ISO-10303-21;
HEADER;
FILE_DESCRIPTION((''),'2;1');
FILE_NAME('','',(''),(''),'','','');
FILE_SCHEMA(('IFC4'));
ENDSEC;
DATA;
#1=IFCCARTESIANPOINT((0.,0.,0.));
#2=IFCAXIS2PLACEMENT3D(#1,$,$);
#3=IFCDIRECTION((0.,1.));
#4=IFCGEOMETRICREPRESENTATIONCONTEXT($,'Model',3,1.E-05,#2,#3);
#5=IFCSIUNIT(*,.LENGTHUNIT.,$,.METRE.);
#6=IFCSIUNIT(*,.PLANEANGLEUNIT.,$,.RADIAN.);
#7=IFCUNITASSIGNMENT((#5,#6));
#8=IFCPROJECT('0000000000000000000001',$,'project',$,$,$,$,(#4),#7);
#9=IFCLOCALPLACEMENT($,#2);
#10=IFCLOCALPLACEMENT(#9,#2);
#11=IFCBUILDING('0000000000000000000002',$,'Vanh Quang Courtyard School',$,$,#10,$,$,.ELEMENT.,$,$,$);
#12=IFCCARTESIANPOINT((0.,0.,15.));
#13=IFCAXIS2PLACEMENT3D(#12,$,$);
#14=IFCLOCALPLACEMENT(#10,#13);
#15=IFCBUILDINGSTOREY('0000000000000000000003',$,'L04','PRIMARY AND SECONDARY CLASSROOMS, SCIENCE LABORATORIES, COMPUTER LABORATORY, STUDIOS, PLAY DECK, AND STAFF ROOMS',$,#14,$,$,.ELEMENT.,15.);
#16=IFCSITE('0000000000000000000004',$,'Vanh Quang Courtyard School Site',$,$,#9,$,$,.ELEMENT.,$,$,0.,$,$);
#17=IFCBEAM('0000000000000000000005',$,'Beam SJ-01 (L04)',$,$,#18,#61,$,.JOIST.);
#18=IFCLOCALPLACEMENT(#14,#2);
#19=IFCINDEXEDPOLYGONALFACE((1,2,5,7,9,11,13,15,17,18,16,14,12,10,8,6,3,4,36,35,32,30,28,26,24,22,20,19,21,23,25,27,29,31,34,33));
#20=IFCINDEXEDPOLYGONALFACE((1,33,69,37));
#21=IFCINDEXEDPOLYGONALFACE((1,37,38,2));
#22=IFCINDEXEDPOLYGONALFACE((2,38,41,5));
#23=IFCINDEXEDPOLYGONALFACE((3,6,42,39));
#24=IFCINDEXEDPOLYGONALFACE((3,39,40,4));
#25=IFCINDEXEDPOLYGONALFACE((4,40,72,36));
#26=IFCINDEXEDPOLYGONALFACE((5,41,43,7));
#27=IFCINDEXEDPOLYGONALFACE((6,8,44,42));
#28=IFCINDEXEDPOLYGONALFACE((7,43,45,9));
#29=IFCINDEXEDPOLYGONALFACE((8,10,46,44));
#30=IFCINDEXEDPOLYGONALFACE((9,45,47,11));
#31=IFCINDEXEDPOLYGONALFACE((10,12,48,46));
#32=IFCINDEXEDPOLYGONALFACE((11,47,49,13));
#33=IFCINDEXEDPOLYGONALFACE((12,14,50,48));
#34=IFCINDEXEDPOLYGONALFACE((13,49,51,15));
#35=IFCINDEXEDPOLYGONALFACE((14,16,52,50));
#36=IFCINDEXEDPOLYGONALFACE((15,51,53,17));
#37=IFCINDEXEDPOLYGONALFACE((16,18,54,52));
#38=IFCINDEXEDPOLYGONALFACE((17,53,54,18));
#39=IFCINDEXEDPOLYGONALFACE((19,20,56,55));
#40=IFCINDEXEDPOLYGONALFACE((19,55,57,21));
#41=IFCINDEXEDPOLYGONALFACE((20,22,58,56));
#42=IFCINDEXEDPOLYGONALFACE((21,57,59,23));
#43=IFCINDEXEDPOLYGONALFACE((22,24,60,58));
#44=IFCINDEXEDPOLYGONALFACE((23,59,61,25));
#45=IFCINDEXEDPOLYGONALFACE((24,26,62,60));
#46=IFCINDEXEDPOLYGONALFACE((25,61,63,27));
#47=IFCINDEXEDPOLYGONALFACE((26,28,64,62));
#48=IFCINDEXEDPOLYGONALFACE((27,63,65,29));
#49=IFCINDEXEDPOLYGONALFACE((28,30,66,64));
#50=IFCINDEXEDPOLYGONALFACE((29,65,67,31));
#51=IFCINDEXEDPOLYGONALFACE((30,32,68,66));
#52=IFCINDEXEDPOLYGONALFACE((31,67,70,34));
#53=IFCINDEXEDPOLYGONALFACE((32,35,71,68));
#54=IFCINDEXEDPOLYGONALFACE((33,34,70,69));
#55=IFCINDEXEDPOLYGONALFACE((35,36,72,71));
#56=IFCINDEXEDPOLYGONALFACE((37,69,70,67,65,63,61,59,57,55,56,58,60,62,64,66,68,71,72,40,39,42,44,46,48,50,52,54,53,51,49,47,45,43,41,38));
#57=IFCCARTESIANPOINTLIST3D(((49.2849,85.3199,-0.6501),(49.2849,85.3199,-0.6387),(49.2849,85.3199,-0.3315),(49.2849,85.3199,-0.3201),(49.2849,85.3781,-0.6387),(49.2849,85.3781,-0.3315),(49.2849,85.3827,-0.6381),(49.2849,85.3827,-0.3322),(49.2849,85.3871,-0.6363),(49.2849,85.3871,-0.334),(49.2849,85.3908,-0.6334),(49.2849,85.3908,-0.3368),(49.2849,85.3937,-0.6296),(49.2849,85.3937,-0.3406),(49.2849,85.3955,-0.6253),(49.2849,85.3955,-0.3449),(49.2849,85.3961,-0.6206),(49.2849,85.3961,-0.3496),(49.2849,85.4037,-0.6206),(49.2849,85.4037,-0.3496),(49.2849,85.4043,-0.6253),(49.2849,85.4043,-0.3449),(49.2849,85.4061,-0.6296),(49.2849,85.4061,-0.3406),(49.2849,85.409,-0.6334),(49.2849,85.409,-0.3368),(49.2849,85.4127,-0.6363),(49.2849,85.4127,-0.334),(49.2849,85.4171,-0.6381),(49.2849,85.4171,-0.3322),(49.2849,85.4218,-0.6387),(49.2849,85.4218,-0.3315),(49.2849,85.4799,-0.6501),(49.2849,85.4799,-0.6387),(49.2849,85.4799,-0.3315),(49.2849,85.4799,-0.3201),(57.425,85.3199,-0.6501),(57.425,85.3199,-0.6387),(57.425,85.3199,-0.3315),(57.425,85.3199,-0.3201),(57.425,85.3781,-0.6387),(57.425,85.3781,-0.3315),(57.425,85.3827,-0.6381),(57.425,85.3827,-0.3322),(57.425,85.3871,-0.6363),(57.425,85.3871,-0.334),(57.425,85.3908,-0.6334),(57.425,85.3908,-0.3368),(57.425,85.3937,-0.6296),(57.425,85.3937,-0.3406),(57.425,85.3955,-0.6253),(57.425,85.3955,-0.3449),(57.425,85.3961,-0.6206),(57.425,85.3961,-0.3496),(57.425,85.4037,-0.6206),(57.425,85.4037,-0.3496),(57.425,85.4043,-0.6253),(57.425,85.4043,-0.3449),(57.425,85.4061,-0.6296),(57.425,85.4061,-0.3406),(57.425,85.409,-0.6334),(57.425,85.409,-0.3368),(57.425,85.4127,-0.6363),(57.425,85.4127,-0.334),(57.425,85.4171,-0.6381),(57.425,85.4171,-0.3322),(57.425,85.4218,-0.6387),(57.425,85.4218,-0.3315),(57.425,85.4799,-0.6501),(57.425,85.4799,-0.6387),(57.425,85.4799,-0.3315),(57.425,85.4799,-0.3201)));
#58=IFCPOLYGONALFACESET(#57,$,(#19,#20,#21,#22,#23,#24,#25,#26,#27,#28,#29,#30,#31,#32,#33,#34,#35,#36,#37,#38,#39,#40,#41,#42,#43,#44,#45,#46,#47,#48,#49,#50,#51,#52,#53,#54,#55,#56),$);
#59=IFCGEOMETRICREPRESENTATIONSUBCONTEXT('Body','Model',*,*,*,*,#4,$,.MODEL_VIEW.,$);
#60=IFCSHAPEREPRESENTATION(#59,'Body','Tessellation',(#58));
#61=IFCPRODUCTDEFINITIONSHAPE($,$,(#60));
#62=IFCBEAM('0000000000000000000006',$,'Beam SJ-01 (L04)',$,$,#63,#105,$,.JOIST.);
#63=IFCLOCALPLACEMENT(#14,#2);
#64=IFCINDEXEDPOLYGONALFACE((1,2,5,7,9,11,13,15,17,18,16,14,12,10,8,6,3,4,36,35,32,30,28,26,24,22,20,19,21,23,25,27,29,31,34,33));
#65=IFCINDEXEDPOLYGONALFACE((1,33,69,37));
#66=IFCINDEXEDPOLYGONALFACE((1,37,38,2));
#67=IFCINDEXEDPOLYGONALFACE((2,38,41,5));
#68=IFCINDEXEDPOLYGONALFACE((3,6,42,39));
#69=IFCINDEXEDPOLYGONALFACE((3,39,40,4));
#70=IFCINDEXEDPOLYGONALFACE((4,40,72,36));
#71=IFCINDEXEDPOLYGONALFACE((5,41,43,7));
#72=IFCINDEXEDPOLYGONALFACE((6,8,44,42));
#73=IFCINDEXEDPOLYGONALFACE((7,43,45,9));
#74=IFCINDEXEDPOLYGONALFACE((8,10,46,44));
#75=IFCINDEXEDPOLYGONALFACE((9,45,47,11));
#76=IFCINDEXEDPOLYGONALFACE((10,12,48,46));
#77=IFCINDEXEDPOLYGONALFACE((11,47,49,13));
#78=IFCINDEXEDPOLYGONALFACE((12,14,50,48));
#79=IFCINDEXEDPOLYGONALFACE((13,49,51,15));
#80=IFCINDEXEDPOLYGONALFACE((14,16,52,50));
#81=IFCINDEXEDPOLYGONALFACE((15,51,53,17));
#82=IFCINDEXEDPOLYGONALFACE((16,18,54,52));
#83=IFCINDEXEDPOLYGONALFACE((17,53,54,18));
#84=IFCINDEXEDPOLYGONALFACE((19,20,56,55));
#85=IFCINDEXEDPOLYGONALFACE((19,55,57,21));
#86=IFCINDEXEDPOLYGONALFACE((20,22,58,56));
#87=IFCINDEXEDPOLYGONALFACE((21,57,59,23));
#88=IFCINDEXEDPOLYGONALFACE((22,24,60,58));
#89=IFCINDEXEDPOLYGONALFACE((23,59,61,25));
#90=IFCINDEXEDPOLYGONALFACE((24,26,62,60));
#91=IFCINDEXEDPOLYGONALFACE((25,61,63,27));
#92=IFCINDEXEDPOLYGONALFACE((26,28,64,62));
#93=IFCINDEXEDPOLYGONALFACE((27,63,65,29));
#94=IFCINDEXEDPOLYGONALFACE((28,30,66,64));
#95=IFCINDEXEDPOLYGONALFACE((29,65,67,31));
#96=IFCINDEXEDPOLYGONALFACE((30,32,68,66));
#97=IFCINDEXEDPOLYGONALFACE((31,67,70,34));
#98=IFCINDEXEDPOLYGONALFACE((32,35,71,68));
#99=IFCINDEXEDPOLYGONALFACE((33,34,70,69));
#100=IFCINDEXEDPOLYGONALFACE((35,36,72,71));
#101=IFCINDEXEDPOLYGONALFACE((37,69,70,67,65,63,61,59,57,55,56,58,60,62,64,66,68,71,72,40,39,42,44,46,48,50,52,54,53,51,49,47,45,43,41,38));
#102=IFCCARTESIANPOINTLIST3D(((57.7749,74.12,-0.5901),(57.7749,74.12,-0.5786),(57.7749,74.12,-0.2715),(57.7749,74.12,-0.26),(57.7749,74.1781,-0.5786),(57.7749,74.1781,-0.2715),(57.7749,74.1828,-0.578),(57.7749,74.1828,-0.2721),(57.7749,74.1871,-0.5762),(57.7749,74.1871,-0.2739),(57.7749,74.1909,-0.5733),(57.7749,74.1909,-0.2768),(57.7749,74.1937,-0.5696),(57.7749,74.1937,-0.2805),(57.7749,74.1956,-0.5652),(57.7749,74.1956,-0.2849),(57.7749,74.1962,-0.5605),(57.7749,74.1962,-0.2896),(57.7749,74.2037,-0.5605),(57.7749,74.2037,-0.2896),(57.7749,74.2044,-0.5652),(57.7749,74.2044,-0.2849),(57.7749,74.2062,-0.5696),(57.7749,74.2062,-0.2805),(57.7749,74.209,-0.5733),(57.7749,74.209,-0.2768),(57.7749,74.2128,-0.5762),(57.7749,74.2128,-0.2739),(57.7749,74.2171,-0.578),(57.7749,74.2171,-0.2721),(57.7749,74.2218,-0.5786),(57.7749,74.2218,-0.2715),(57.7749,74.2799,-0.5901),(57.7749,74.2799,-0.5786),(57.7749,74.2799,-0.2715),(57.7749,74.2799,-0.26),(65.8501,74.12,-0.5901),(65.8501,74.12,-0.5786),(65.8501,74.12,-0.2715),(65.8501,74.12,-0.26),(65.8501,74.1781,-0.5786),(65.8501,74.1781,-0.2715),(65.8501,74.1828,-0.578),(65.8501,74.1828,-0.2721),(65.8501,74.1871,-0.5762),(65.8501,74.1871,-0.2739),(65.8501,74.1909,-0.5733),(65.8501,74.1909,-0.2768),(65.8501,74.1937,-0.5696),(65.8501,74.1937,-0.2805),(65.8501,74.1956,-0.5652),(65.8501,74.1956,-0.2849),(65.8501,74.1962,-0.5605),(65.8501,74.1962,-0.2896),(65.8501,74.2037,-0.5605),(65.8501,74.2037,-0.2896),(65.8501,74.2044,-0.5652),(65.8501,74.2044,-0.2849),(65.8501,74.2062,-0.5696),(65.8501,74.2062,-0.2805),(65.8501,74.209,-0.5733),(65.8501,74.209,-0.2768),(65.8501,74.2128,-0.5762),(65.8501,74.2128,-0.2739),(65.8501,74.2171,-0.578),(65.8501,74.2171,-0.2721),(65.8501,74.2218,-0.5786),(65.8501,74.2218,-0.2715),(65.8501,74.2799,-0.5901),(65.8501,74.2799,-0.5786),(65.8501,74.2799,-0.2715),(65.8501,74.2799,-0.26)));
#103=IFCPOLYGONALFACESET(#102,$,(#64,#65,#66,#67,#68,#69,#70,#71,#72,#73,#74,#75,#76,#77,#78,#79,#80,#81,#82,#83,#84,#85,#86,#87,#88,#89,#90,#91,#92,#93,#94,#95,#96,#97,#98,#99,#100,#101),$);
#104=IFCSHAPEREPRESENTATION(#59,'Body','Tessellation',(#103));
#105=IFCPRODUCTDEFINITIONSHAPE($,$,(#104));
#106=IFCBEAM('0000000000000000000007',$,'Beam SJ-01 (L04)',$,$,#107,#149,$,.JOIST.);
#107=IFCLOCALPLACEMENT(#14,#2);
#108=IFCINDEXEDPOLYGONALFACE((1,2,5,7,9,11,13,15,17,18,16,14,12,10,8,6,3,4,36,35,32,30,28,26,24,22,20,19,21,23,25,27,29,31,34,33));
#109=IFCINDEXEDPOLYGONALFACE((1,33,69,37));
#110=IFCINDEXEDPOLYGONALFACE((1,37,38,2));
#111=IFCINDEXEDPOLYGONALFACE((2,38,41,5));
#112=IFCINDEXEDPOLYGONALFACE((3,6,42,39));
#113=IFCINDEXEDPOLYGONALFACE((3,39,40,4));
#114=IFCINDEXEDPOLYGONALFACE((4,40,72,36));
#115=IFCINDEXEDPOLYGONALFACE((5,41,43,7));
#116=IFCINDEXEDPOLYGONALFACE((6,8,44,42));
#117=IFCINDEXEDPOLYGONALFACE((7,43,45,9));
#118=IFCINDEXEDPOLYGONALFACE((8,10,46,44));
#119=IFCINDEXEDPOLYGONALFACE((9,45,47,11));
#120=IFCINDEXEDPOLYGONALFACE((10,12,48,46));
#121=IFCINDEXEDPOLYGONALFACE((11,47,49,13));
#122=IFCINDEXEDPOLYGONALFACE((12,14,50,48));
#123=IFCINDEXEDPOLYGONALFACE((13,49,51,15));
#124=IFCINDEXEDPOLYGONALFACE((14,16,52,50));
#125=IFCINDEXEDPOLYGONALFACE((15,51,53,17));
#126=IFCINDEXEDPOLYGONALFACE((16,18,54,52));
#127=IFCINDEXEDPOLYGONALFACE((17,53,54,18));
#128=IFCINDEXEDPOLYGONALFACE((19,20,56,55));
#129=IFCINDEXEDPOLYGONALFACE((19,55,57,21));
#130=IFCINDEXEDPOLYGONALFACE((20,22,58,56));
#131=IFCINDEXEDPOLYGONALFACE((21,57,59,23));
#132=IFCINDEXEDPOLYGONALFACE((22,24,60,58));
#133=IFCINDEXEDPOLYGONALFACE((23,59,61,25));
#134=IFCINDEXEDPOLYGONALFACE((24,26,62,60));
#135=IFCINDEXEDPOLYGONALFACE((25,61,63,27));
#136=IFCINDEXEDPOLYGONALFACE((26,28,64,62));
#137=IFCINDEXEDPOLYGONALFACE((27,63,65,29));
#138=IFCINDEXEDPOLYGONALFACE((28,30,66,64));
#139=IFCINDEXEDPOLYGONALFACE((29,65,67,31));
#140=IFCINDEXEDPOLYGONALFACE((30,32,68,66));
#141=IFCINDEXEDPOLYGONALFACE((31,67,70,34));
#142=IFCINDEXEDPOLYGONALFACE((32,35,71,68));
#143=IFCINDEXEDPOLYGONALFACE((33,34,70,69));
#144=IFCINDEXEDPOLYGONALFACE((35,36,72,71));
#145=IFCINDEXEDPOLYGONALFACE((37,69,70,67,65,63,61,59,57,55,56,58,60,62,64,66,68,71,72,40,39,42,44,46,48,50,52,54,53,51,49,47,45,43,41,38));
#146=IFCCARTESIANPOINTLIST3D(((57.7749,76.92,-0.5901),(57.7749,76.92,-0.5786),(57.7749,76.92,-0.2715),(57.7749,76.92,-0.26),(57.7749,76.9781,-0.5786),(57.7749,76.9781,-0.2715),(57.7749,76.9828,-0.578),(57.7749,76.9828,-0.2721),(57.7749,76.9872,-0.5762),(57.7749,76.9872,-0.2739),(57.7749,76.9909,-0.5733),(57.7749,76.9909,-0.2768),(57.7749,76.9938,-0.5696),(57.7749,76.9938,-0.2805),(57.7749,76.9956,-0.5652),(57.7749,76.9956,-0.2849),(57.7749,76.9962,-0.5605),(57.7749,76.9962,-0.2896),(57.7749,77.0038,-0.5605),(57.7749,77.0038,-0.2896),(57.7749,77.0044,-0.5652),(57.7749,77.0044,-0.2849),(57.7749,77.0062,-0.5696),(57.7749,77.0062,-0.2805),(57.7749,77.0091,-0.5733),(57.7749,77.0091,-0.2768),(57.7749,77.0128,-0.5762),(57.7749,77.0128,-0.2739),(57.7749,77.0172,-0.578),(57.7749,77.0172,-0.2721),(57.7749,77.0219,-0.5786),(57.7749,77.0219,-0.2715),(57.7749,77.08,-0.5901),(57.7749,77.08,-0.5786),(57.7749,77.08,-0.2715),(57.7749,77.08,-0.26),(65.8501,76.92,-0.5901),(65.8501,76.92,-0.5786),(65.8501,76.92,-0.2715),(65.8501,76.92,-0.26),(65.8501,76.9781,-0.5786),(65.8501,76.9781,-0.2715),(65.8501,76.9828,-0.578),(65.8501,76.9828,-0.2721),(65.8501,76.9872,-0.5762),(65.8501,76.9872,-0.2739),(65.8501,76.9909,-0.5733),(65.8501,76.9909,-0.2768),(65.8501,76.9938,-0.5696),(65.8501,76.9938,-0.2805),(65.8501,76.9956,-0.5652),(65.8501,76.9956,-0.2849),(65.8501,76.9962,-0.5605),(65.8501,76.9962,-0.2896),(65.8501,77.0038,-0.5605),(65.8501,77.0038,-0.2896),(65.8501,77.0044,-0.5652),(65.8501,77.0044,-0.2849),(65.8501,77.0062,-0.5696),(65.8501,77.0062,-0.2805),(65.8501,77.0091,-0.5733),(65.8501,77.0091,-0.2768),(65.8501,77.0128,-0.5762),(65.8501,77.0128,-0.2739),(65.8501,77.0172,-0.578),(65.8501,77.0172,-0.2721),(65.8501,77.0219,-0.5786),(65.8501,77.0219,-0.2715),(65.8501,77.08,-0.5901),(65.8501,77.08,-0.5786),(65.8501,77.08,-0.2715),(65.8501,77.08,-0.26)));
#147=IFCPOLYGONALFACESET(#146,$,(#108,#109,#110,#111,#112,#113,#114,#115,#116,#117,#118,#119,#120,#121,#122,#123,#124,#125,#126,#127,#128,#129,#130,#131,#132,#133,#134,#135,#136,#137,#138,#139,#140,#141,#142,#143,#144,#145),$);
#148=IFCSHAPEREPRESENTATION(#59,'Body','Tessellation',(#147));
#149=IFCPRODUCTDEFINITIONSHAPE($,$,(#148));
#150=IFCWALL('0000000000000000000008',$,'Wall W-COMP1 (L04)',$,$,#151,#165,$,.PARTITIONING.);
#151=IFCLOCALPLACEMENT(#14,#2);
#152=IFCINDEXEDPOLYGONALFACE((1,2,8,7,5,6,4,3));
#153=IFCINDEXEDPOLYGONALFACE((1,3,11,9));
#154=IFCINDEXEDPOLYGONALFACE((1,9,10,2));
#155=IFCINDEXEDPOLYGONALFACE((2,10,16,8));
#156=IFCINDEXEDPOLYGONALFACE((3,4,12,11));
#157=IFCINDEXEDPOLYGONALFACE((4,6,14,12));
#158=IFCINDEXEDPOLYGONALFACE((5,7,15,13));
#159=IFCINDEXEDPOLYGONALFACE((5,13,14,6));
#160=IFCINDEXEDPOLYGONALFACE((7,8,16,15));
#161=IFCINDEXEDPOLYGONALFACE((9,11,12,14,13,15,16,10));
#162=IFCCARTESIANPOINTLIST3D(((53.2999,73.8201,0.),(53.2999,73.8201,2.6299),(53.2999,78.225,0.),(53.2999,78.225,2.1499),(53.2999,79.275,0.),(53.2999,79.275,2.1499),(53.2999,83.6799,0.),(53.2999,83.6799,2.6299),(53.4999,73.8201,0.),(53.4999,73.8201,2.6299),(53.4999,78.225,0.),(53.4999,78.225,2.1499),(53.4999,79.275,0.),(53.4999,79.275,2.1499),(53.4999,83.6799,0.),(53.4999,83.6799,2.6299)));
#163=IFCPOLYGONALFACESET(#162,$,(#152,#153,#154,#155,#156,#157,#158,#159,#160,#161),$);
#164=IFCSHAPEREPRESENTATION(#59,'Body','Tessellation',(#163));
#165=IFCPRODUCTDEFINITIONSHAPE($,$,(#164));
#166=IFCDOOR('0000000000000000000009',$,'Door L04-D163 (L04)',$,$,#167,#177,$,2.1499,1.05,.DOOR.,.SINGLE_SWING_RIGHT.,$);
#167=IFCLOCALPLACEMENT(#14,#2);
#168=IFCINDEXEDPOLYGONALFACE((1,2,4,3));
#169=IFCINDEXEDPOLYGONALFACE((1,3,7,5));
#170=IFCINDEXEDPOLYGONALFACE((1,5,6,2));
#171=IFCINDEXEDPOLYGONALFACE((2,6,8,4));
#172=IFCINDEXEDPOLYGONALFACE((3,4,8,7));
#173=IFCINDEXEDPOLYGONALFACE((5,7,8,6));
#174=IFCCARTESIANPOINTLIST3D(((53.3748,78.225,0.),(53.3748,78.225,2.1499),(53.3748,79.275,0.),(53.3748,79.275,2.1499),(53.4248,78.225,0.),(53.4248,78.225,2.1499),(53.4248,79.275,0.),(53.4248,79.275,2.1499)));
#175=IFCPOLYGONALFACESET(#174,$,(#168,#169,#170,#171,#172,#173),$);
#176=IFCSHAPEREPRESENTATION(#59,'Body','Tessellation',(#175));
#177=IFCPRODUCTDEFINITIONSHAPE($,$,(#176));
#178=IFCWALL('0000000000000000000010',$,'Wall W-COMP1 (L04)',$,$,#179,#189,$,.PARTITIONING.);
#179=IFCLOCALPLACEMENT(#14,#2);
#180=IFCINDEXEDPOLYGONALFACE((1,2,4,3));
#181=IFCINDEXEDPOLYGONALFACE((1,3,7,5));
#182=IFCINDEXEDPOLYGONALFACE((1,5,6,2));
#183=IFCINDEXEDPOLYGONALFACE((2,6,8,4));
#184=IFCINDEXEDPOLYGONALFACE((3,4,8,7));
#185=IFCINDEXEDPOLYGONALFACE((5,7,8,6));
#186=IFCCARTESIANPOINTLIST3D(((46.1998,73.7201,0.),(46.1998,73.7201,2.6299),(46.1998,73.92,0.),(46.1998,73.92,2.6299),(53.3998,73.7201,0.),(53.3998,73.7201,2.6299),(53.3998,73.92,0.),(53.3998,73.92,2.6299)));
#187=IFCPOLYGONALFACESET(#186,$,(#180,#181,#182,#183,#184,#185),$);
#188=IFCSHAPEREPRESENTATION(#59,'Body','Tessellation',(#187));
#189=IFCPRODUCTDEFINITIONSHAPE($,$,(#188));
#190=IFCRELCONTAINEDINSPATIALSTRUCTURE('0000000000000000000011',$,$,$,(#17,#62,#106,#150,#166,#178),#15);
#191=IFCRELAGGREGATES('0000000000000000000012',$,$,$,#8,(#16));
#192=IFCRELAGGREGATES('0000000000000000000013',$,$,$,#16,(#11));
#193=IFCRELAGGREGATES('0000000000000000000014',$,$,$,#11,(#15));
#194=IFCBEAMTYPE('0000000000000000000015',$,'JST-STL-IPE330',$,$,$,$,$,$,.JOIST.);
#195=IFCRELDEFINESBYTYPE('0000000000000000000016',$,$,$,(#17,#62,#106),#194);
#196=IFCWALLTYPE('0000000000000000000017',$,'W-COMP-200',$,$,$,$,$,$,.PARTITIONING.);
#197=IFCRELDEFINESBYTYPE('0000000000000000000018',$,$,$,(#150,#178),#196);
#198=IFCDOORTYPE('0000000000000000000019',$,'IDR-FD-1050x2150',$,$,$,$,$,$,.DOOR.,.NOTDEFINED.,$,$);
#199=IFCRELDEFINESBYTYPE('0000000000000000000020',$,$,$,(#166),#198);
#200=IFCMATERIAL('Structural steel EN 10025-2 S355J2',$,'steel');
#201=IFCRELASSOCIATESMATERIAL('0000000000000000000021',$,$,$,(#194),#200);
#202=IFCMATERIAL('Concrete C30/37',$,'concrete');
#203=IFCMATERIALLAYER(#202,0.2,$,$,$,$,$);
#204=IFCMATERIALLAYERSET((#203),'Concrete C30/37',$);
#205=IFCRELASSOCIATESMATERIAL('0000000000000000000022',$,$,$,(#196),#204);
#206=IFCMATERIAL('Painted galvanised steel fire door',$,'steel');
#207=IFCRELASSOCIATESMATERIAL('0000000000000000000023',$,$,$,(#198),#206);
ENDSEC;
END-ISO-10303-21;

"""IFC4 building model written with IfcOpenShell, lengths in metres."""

from ifc_helpers import new_model, si_unit, direction, frame, frame_2d, origin, origin_2d, place, context, subcontext, project, spatial, rectangle, i_section, extrude, material, layer, layer_set, material_profile, profile_set, type_object, element, fill, save


model = new_model("IFC4")

# Units and contexts
model_context = context("Model", 3, precision=1e-05, world=origin(), true_north=direction((0.0, 1.0)))
body_context = subcontext(model_context, "Body", "Model", "MODEL_VIEW")
ifc_project = project(units=[si_unit("LENGTHUNIT", "METRE"), si_unit("PLANEANGLEUNIT", "RADIAN")], contexts=[model_context])

# Site, building, storey
site_placement = place(None, origin())
site = spatial("IfcSite", under=ifc_project, at=site_placement, Name="Vanh Quang Courtyard School Site", CompositionType="ELEMENT", RefElevation=0.0)
building_placement = place(site_placement, origin())
building = spatial("IfcBuilding", under=site, at=building_placement, Name="Vanh Quang Courtyard School", CompositionType="ELEMENT")
storey_placement = place(building_placement, frame((0.0, 0.0, 15.0)))
storey = spatial("IfcBuildingStorey", under=building, at=storey_placement, Name="L04", Description="PRIMARY AND SECONDARY CLASSROOMS, SCIENCE LABORATORIES, COMPUTER LABORATORY, STUDIOS, PLAY DECK, AND STAFF ROOMS", CompositionType="ELEMENT", Elevation=15.0)

# Beams
ifc_material_1 = material(Name="Structural steel EN 10025-2 S355J2", Category="steel")
ifc_material_2 = material(Name="Concrete C30/37", Category="concrete")
ifc_material_profile_1 = material_profile(ifc_material_1, i_section(OverallWidth=0.1599, OverallDepth=0.3301, WebThickness=0.0076, FlangeThickness=0.0115, FilletRadius=0.0181, at=origin_2d()), Name="IPE 330")
ifc_profile_set_1 = profile_set([ifc_material_profile_1], Name="Structural steel EN 10025-2 S355J2")
beam_type_1 = type_object("IfcBeamType", Name="JST-STL-IPE330", PredefinedType="JOIST", material=ifc_profile_set_1)
for number, where, z_axis, x_axis, name in (
    (1, (49.2849, 85.3999, -0.4851), (1.0, 0.0, 0.0), (0.0, 1.0, 0.0), "Beam SJ-01 (L04)"),
):
    element("IfcBeam", number, at=place(storey_placement, frame(where, z_axis=z_axis, x_axis=x_axis)), inside=storey, type_object=beam_type_1, Name=name, PredefinedType="JOIST", context=body_context, shape_type="SweptSolid", body=[
        extrude(i_section(OverallWidth=0.1599, OverallDepth=0.3301, WebThickness=0.0076, FlangeThickness=0.0115, FilletRadius=0.0181, at=origin_2d()), origin(), (0.0, 0.0, 1.0), 8.1401),
    ])
for number, where, z_axis, x_axis, name in (
    (2, (57.7749, 74.2, -0.425), (1.0, 0.0, 0.0), (0.0, 1.0, 0.0), "Beam SJ-01 (L04)"),
    (3, (57.7749, 77.0, -0.425), (1.0, 0.0, 0.0), (0.0, 1.0, 0.0), "Beam SJ-01 (L04)"),
):
    element("IfcBeam", number, at=place(storey_placement, frame(where, z_axis=z_axis, x_axis=x_axis)), inside=storey, type_object=beam_type_1, Name=name, PredefinedType="JOIST", context=body_context, shape_type="SweptSolid", body=[
        extrude(i_section(OverallWidth=0.1599, OverallDepth=0.3301, WebThickness=0.0076, FlangeThickness=0.0115, FilletRadius=0.0181, at=origin_2d()), origin(), (0.0, 0.0, 1.0), 8.0752),
    ])

# Wall, opening, door
ifc_layer_1 = layer(ifc_material_2, 0.2)
ifc_layer_set_1 = layer_set([ifc_layer_1], Name="Concrete C30/37")
wall_type_1 = type_object("IfcWallType", Name="W-COMP-200", PredefinedType="PARTITIONING", material=ifc_layer_set_1)
wall_1_placement = place(storey_placement, frame((53.3999, 83.6799, 0.0), z_axis=(0.0, 0.0, 1.0), x_axis=(0.0, -1.0, 0.0)))
wall_1 = element("IfcWall", 4, at=wall_1_placement, inside=storey, type_object=wall_type_1, Name="Wall W-COMP1 (L04)", PredefinedType="PARTITIONING", context=body_context, shape_type="SweptSolid", body=[
    extrude(rectangle(XDim=9.8599, YDim=0.2, at=frame_2d((4.9299, 0.0))), origin(), (0.0, 0.0, 1.0), 2.6299),
])
opening_1_placement = place(wall_1_placement, frame((4.405, 0.0, 0.0)))
opening_1 = element("IfcOpeningElement", 5, at=opening_1_placement, cuts=wall_1, PredefinedType="OPENING", context=body_context, shape_type="SweptSolid", body=[
    extrude(rectangle(XDim=1.05, YDim=2.1499, at=frame_2d((0.5249, 1.075))), frame((0.0, 0.1099, 0.0), z_axis=(0.0, -1.0, 0.0), x_axis=(1.0, 0.0, 0.0)), (0.0, 0.0, 1.0), 0.22),
])
ifc_material_3 = material(Name="Painted galvanised steel fire door", Category="steel")
door_type = type_object("IfcDoorType", Name="IDR-FD-1050x2150", OperationType="NOTDEFINED", PredefinedType="DOOR", material=ifc_material_3)
door_placement = place(opening_1_placement, origin())
door = element("IfcDoor", 6, at=door_placement, inside=storey, type_object=door_type, Name="Door L04-D163 (L04)", OperationType="SINGLE_SWING_RIGHT", OverallHeight=2.1499, OverallWidth=1.05, PredefinedType="DOOR", context=body_context, shape_type="SweptSolid", body=[
    extrude(rectangle(XDim=1.05, YDim=2.1499, at=frame_2d((0.5249, 1.075))), frame((0.0, 0.0249, 0.0), z_axis=(0.0, -1.0, 0.0), x_axis=(1.0, 0.0, 0.0)), (0.0, 0.0, 1.0), 0.05),
])
fill(opening_1, door)

# Wall
wall_2_placement = place(storey_placement, frame((53.3999, 73.8201, 0.0), z_axis=(0.0, 0.0, 1.0), x_axis=(-1.0, 0.0, 0.0)))
element("IfcWall", 7, at=wall_2_placement, inside=storey, type_object=wall_type_1, Name="Wall W-COMP1 (L04)", PredefinedType="PARTITIONING", context=body_context, shape_type="SweptSolid", body=[
    extrude(rectangle(XDim=7.2, YDim=0.2, at=frame_2d((3.6001, 0.0))), origin(), (0.0, 0.0, 1.0), 2.6299),
])

save(model, "model.ifc")
